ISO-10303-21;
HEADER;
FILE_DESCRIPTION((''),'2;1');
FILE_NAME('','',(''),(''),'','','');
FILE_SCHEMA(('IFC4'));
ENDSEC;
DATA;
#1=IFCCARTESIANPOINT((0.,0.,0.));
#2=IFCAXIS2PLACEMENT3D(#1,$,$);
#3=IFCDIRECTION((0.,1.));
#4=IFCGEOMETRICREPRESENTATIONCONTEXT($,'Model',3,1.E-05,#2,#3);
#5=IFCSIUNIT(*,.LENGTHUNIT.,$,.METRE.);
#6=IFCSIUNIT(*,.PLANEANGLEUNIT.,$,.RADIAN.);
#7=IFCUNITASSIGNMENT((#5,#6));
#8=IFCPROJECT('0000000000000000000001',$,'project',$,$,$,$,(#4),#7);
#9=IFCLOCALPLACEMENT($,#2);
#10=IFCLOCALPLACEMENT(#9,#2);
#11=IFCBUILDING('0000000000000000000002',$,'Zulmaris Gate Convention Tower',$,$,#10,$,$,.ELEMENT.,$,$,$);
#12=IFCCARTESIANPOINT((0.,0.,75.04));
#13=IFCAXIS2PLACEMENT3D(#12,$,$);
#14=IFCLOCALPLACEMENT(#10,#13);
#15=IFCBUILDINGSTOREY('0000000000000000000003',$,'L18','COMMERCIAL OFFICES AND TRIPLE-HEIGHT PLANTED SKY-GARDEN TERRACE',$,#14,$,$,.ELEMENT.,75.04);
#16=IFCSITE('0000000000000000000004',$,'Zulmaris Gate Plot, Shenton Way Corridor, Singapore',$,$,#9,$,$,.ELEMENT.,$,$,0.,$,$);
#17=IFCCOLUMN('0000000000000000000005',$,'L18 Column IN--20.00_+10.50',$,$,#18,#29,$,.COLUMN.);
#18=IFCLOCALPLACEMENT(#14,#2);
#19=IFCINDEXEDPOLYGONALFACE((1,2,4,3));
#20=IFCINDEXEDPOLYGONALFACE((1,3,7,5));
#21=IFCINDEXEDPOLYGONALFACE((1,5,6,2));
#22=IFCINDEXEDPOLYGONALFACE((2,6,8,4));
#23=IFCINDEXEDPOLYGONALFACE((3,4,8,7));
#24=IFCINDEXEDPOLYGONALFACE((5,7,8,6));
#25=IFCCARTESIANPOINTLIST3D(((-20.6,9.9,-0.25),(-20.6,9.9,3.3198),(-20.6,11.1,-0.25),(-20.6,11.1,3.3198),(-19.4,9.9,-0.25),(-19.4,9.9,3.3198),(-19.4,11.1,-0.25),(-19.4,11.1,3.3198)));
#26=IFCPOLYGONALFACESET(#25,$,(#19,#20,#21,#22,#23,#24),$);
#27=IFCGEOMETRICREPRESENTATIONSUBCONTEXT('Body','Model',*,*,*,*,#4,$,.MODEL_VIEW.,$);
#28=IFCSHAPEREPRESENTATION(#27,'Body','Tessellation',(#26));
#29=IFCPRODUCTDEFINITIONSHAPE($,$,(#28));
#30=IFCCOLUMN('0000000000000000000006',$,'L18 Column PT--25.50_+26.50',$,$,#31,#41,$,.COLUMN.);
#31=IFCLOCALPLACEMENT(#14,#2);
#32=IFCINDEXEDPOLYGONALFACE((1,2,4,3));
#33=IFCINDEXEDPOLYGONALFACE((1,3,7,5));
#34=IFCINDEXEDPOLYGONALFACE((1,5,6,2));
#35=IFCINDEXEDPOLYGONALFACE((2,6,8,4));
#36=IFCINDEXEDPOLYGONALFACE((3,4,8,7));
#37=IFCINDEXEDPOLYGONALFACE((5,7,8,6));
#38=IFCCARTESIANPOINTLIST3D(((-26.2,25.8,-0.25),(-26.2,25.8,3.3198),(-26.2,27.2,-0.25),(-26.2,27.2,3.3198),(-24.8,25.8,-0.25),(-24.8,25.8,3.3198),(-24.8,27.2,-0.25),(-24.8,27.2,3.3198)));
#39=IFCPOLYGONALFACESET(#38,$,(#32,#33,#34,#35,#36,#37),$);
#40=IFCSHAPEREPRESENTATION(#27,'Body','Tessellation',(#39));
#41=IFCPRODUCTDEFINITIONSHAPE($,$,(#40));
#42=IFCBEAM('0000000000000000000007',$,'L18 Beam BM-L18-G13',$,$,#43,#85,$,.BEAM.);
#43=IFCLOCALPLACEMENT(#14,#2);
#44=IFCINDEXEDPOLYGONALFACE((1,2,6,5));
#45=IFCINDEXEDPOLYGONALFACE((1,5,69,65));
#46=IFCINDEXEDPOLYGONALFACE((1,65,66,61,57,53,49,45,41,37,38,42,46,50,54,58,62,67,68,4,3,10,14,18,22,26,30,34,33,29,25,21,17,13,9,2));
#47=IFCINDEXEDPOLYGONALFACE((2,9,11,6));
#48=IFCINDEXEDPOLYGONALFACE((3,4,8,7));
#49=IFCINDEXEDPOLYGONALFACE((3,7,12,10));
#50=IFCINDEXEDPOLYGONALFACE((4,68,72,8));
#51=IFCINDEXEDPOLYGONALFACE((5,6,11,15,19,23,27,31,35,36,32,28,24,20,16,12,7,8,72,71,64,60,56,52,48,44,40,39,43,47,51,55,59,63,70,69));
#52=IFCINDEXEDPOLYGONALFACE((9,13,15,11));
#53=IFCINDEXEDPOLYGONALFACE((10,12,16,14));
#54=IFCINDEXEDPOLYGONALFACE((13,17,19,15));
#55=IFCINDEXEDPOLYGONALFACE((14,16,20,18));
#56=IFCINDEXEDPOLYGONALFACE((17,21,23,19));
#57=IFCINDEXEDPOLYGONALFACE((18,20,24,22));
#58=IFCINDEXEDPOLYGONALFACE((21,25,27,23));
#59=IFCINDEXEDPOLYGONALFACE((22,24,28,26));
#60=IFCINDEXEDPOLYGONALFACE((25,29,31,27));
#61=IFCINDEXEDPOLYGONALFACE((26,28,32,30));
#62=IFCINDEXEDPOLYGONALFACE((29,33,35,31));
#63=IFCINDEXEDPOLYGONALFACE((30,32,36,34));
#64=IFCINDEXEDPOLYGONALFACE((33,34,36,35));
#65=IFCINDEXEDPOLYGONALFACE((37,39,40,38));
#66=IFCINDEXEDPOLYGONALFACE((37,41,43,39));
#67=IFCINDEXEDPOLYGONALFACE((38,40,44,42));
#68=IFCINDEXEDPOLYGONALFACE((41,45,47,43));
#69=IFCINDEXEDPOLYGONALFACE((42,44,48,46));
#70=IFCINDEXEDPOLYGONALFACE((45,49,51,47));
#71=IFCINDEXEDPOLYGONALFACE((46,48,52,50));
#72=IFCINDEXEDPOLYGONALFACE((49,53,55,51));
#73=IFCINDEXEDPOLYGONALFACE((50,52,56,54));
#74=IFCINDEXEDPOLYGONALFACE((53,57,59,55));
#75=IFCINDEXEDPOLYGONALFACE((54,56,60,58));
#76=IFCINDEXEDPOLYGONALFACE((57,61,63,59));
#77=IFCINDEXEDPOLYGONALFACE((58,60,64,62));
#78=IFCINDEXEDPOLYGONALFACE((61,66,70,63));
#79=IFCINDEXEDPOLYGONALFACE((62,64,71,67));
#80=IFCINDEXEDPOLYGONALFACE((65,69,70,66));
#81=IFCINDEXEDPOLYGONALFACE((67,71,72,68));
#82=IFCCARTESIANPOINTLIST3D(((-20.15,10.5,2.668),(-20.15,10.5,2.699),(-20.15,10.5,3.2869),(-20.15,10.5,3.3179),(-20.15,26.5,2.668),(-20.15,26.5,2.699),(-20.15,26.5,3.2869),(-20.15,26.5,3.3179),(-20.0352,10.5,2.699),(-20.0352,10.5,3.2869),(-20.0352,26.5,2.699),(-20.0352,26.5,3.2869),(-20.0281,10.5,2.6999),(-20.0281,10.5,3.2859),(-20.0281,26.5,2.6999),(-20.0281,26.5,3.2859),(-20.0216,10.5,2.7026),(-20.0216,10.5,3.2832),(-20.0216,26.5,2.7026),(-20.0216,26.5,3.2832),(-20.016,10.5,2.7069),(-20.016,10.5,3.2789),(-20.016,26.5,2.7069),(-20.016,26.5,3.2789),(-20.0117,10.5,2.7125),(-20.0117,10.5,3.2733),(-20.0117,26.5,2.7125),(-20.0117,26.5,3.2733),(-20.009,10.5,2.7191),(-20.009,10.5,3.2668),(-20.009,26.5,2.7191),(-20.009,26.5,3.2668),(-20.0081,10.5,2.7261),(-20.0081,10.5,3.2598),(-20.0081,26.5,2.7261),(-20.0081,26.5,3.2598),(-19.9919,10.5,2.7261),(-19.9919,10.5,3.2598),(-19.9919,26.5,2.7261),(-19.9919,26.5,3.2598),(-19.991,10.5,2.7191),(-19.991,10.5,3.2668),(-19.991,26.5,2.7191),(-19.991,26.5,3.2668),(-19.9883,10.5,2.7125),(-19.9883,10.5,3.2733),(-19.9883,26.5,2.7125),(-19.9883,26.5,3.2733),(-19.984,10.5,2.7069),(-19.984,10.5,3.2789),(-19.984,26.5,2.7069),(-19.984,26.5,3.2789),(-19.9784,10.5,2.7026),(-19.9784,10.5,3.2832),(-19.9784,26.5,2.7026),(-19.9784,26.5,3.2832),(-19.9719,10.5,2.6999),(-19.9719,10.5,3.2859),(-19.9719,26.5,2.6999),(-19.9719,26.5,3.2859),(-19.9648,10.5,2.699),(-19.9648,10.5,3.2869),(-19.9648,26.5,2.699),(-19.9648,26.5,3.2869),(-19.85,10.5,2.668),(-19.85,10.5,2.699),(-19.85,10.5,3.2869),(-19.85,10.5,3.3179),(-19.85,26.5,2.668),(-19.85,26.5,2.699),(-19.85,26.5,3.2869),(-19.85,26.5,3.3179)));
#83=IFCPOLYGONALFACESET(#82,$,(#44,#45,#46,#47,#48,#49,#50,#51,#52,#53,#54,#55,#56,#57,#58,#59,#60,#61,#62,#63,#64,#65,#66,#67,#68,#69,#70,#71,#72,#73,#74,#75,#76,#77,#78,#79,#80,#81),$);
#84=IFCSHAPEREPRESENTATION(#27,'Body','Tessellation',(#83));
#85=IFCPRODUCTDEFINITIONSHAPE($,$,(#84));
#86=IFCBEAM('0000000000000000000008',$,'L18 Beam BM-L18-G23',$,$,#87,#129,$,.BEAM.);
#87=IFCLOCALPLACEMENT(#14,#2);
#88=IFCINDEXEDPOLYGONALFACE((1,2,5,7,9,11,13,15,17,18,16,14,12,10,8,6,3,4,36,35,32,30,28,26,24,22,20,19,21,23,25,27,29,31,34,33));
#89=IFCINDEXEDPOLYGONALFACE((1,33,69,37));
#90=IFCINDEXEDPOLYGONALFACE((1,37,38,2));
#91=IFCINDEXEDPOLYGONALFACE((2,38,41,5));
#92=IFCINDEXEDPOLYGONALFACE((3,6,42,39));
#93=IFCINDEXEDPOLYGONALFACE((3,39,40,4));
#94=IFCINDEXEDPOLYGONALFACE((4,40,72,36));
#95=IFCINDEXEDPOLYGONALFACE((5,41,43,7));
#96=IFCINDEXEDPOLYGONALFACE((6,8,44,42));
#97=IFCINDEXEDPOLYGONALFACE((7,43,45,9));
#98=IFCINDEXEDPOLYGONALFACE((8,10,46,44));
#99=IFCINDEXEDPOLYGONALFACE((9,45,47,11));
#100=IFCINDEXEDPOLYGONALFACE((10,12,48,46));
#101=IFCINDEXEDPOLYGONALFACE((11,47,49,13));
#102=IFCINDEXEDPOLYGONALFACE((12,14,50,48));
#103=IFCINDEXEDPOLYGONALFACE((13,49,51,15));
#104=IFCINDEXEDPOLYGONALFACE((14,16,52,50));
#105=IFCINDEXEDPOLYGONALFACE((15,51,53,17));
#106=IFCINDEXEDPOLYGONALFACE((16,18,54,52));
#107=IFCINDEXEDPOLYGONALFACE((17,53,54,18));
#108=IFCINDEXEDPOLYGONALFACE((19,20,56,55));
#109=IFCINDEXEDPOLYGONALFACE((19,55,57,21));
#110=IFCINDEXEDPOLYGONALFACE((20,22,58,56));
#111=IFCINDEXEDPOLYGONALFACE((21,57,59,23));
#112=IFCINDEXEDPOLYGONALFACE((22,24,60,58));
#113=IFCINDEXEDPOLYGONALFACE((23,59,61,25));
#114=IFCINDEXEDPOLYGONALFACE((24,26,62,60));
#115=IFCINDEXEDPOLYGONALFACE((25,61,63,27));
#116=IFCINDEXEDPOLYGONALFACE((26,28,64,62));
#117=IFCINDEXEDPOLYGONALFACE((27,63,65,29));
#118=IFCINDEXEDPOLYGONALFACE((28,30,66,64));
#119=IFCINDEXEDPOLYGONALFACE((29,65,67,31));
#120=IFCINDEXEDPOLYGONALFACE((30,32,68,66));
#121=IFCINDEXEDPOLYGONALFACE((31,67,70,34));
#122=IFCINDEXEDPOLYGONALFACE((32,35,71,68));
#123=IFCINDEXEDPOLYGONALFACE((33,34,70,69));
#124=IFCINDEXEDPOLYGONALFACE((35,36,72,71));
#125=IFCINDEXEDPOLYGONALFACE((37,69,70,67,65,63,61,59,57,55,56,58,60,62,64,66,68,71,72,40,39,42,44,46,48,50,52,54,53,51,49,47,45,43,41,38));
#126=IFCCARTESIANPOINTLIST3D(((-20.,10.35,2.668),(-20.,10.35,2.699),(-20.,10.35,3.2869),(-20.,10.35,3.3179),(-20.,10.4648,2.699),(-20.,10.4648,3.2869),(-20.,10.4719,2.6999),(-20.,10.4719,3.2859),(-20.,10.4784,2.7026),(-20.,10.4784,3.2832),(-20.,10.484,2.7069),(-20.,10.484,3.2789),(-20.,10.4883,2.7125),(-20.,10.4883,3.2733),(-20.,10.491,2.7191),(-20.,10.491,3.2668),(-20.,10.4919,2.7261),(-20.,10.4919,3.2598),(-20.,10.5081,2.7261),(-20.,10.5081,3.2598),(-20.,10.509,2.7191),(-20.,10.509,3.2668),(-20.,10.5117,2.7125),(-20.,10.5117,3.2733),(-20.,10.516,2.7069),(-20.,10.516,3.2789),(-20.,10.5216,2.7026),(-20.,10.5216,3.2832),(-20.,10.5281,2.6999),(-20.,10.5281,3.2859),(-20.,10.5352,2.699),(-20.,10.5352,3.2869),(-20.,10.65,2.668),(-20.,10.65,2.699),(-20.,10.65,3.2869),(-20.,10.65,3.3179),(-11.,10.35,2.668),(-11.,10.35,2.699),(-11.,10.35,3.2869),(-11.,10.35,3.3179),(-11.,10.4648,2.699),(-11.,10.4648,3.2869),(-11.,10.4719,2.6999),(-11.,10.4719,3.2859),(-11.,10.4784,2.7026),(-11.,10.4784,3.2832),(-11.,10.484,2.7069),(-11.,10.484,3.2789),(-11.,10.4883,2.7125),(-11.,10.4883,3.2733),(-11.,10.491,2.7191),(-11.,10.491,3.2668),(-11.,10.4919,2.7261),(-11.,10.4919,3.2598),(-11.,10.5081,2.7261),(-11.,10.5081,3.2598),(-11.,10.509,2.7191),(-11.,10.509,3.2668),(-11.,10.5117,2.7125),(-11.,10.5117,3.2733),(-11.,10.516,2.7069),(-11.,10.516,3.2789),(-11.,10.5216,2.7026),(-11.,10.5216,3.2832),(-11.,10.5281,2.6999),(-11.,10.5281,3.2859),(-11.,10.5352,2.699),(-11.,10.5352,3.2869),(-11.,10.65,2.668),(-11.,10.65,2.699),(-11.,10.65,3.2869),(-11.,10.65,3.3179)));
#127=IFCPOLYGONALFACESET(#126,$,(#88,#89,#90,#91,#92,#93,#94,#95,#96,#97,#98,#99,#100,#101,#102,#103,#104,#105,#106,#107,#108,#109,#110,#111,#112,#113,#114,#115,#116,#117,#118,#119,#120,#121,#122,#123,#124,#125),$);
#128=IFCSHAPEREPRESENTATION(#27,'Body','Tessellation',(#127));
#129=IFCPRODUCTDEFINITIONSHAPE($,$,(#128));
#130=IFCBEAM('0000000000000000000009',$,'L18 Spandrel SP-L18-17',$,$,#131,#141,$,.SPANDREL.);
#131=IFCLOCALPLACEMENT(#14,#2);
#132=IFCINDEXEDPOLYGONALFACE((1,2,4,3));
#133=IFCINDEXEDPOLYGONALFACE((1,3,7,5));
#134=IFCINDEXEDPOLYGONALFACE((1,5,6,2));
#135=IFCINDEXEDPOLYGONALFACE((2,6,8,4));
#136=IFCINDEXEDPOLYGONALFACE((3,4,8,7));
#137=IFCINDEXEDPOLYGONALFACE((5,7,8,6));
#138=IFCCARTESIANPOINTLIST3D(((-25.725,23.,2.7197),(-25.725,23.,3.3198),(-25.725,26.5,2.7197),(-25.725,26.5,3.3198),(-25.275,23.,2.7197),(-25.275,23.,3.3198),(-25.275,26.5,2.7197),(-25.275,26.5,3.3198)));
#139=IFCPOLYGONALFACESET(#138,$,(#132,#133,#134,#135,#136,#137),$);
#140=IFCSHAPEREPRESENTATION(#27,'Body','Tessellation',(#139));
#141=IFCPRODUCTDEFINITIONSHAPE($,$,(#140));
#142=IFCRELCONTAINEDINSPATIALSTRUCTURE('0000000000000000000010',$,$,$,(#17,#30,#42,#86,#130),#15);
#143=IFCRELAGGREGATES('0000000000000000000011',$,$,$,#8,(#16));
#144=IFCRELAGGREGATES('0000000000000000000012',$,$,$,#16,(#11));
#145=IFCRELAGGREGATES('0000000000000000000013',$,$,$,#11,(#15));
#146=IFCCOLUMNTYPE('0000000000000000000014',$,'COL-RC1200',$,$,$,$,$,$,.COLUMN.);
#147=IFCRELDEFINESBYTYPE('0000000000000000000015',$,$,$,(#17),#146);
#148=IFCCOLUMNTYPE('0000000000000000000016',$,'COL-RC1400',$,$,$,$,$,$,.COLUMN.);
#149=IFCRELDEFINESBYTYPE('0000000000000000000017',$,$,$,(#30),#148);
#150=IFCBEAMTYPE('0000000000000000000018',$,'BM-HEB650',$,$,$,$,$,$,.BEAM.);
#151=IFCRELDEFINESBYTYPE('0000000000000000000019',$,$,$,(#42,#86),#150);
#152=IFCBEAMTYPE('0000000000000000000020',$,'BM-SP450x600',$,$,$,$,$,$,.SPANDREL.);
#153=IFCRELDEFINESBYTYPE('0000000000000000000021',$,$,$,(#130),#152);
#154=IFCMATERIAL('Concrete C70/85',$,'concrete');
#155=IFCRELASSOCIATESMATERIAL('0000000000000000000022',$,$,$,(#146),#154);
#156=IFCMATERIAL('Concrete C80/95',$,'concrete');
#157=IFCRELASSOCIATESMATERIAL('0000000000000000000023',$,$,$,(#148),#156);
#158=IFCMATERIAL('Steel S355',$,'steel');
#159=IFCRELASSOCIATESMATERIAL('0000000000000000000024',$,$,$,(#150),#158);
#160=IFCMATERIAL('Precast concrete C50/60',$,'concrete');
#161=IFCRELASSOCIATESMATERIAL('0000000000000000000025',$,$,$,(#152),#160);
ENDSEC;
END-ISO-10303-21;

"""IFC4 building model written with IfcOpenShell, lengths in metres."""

from ifc_helpers import new_model, si_unit, direction, frame, origin, origin_2d, place, context, subcontext, project, spatial, rectangle, i_section, extrude, material, material_profile, profile_set, type_object, element, save


model = new_model("IFC4")

# Units and contexts
model_context = context("Model", 3, precision=1e-05, world=origin(), true_north=direction((0.0, 1.0)))
body_context = subcontext(model_context, "Body", "Model", "MODEL_VIEW")
ifc_project = project(units=[si_unit("LENGTHUNIT", "METRE"), si_unit("PLANEANGLEUNIT", "RADIAN")], contexts=[model_context])

# Site, building, storey
site_placement = place(None, origin())
site = spatial("IfcSite", under=ifc_project, at=site_placement, Name="Zulmaris Gate Plot, Shenton Way Corridor, Singapore", CompositionType="ELEMENT", RefElevation=0.0)
building_placement = place(site_placement, origin())
building = spatial("IfcBuilding", under=site, at=building_placement, Name="Zulmaris Gate Convention Tower", CompositionType="ELEMENT")
storey_placement = place(building_placement, frame((0.0, 0.0, 75.04)))
storey = spatial("IfcBuildingStorey", under=building, at=storey_placement, Name="L18", Description="COMMERCIAL OFFICES AND TRIPLE-HEIGHT PLANTED SKY-GARDEN TERRACE", CompositionType="ELEMENT", Elevation=75.04)

# Columns
ifc_material_1 = material(Name="Concrete C70/85", Category="concrete")
ifc_material_profile_1 = material_profile(ifc_material_1, rectangle(XDim=1.2, YDim=1.2, at=origin_2d()), Name="RC COL 1200x1200")
ifc_profile_set_1 = profile_set([ifc_material_profile_1], Name="Concrete C70/85")
column_type_1 = type_object("IfcColumnType", Name="COL-RC1200", PredefinedType="COLUMN", material=ifc_profile_set_1)
column_1_placement = place(storey_placement, frame((-20.0, 10.5, -0.25), z_axis=(0.0, 0.0, 1.0), x_axis=(1.0, 0.0, 0.0)))
element("IfcColumn", 1, at=column_1_placement, inside=storey, type_object=column_type_1, Name="L18 Column IN--20.00_+10.50", PredefinedType="COLUMN", context=body_context, shape_type="SweptSolid", body=[
    extrude(rectangle(XDim=1.2, YDim=1.2, at=origin_2d()), origin(), (0.0, 0.0, 1.0), 3.5698),
])
ifc_material_2 = material(Name="Concrete C80/95", Category="concrete")
ifc_material_profile_2 = material_profile(ifc_material_2, rectangle(XDim=1.3999, YDim=1.3999, at=origin_2d()), Name="RC COL 1400x1400")
ifc_profile_set_2 = profile_set([ifc_material_profile_2], Name="Concrete C80/95")
column_type_2 = type_object("IfcColumnType", Name="COL-RC1400", PredefinedType="COLUMN", material=ifc_profile_set_2)
column_2_placement = place(storey_placement, frame((-25.5, 26.5, -0.25), z_axis=(0.0, 0.0, 1.0), x_axis=(1.0, 0.0, 0.0)))
element("IfcColumn", 2, at=column_2_placement, inside=storey, type_object=column_type_2, Name="L18 Column PT--25.50_+26.50", PredefinedType="COLUMN", context=body_context, shape_type="SweptSolid", body=[
    extrude(rectangle(XDim=1.3999, YDim=1.3999, at=origin_2d()), origin(), (0.0, 0.0, 1.0), 3.5698),
])

# Beams
ifc_material_3 = material(Name="Steel S355", Category="steel")
ifc_material_profile_3 = material_profile(ifc_material_3, i_section(OverallWidth=0.3, OverallDepth=0.6499, WebThickness=0.0161, FlangeThickness=0.031, FilletRadius=0.0271, at=origin_2d()), Name="HEB 650")
ifc_profile_set_3 = profile_set([ifc_material_profile_3], Name="Steel S355")
beam_type_1 = type_object("IfcBeamType", Name="BM-HEB650", PredefinedType="BEAM", material=ifc_profile_set_3)
beam_1_placement = place(storey_placement, frame((-20.0, 10.5, 2.9929), z_axis=(0.0, 1.0, 0.0), x_axis=(-1.0, 0.0, 0.0)))
element("IfcBeam", 3, at=beam_1_placement, inside=storey, type_object=beam_type_1, Name="L18 Beam BM-L18-G13", PredefinedType="BEAM", context=body_context, shape_type="SweptSolid", body=[
    extrude(i_section(OverallWidth=0.3, OverallDepth=0.6499, WebThickness=0.0161, FlangeThickness=0.031, FilletRadius=0.0271, at=origin_2d()), origin(), (0.0, 0.0, 1.0), 16.0),
])
beam_2_placement = place(storey_placement, frame((-20.0, 10.5, 2.9929), z_axis=(1.0, 0.0, 0.0), x_axis=(0.0, 1.0, 0.0)))
element("IfcBeam", 4, at=beam_2_placement, inside=storey, type_object=beam_type_1, Name="L18 Beam BM-L18-G23", PredefinedType="BEAM", context=body_context, shape_type="SweptSolid", body=[
    extrude(i_section(OverallWidth=0.3, OverallDepth=0.6499, WebThickness=0.0161, FlangeThickness=0.031, FilletRadius=0.0271, at=origin_2d()), origin(), (0.0, 0.0, 1.0), 9.0),
])
ifc_material_4 = material(Name="Precast concrete C50/60", Category="concrete")
ifc_material_profile_4 = material_profile(ifc_material_4, rectangle(XDim=0.45, YDim=0.6001, at=origin_2d()), Name="RC SPANDREL 450x600")
ifc_profile_set_4 = profile_set([ifc_material_profile_4], Name="Precast concrete C50/60")
beam_type_2 = type_object("IfcBeamType", Name="BM-SP450x600", PredefinedType="SPANDREL", material=ifc_profile_set_4)
beam_3_placement = place(storey_placement, frame((-25.5, 26.5, 3.0198), z_axis=(0.0, -1.0, 0.0), x_axis=(1.0, 0.0, 0.0)))
element("IfcBeam", 5, at=beam_3_placement, inside=storey, type_object=beam_type_2, Name="L18 Spandrel SP-L18-17", PredefinedType="SPANDREL", context=body_context, shape_type="SweptSolid", body=[
    extrude(rectangle(XDim=0.45, YDim=0.6001, at=origin_2d()), origin(), (0.0, 0.0, 1.0), 3.5),
])

save(model, "model.ifc")
